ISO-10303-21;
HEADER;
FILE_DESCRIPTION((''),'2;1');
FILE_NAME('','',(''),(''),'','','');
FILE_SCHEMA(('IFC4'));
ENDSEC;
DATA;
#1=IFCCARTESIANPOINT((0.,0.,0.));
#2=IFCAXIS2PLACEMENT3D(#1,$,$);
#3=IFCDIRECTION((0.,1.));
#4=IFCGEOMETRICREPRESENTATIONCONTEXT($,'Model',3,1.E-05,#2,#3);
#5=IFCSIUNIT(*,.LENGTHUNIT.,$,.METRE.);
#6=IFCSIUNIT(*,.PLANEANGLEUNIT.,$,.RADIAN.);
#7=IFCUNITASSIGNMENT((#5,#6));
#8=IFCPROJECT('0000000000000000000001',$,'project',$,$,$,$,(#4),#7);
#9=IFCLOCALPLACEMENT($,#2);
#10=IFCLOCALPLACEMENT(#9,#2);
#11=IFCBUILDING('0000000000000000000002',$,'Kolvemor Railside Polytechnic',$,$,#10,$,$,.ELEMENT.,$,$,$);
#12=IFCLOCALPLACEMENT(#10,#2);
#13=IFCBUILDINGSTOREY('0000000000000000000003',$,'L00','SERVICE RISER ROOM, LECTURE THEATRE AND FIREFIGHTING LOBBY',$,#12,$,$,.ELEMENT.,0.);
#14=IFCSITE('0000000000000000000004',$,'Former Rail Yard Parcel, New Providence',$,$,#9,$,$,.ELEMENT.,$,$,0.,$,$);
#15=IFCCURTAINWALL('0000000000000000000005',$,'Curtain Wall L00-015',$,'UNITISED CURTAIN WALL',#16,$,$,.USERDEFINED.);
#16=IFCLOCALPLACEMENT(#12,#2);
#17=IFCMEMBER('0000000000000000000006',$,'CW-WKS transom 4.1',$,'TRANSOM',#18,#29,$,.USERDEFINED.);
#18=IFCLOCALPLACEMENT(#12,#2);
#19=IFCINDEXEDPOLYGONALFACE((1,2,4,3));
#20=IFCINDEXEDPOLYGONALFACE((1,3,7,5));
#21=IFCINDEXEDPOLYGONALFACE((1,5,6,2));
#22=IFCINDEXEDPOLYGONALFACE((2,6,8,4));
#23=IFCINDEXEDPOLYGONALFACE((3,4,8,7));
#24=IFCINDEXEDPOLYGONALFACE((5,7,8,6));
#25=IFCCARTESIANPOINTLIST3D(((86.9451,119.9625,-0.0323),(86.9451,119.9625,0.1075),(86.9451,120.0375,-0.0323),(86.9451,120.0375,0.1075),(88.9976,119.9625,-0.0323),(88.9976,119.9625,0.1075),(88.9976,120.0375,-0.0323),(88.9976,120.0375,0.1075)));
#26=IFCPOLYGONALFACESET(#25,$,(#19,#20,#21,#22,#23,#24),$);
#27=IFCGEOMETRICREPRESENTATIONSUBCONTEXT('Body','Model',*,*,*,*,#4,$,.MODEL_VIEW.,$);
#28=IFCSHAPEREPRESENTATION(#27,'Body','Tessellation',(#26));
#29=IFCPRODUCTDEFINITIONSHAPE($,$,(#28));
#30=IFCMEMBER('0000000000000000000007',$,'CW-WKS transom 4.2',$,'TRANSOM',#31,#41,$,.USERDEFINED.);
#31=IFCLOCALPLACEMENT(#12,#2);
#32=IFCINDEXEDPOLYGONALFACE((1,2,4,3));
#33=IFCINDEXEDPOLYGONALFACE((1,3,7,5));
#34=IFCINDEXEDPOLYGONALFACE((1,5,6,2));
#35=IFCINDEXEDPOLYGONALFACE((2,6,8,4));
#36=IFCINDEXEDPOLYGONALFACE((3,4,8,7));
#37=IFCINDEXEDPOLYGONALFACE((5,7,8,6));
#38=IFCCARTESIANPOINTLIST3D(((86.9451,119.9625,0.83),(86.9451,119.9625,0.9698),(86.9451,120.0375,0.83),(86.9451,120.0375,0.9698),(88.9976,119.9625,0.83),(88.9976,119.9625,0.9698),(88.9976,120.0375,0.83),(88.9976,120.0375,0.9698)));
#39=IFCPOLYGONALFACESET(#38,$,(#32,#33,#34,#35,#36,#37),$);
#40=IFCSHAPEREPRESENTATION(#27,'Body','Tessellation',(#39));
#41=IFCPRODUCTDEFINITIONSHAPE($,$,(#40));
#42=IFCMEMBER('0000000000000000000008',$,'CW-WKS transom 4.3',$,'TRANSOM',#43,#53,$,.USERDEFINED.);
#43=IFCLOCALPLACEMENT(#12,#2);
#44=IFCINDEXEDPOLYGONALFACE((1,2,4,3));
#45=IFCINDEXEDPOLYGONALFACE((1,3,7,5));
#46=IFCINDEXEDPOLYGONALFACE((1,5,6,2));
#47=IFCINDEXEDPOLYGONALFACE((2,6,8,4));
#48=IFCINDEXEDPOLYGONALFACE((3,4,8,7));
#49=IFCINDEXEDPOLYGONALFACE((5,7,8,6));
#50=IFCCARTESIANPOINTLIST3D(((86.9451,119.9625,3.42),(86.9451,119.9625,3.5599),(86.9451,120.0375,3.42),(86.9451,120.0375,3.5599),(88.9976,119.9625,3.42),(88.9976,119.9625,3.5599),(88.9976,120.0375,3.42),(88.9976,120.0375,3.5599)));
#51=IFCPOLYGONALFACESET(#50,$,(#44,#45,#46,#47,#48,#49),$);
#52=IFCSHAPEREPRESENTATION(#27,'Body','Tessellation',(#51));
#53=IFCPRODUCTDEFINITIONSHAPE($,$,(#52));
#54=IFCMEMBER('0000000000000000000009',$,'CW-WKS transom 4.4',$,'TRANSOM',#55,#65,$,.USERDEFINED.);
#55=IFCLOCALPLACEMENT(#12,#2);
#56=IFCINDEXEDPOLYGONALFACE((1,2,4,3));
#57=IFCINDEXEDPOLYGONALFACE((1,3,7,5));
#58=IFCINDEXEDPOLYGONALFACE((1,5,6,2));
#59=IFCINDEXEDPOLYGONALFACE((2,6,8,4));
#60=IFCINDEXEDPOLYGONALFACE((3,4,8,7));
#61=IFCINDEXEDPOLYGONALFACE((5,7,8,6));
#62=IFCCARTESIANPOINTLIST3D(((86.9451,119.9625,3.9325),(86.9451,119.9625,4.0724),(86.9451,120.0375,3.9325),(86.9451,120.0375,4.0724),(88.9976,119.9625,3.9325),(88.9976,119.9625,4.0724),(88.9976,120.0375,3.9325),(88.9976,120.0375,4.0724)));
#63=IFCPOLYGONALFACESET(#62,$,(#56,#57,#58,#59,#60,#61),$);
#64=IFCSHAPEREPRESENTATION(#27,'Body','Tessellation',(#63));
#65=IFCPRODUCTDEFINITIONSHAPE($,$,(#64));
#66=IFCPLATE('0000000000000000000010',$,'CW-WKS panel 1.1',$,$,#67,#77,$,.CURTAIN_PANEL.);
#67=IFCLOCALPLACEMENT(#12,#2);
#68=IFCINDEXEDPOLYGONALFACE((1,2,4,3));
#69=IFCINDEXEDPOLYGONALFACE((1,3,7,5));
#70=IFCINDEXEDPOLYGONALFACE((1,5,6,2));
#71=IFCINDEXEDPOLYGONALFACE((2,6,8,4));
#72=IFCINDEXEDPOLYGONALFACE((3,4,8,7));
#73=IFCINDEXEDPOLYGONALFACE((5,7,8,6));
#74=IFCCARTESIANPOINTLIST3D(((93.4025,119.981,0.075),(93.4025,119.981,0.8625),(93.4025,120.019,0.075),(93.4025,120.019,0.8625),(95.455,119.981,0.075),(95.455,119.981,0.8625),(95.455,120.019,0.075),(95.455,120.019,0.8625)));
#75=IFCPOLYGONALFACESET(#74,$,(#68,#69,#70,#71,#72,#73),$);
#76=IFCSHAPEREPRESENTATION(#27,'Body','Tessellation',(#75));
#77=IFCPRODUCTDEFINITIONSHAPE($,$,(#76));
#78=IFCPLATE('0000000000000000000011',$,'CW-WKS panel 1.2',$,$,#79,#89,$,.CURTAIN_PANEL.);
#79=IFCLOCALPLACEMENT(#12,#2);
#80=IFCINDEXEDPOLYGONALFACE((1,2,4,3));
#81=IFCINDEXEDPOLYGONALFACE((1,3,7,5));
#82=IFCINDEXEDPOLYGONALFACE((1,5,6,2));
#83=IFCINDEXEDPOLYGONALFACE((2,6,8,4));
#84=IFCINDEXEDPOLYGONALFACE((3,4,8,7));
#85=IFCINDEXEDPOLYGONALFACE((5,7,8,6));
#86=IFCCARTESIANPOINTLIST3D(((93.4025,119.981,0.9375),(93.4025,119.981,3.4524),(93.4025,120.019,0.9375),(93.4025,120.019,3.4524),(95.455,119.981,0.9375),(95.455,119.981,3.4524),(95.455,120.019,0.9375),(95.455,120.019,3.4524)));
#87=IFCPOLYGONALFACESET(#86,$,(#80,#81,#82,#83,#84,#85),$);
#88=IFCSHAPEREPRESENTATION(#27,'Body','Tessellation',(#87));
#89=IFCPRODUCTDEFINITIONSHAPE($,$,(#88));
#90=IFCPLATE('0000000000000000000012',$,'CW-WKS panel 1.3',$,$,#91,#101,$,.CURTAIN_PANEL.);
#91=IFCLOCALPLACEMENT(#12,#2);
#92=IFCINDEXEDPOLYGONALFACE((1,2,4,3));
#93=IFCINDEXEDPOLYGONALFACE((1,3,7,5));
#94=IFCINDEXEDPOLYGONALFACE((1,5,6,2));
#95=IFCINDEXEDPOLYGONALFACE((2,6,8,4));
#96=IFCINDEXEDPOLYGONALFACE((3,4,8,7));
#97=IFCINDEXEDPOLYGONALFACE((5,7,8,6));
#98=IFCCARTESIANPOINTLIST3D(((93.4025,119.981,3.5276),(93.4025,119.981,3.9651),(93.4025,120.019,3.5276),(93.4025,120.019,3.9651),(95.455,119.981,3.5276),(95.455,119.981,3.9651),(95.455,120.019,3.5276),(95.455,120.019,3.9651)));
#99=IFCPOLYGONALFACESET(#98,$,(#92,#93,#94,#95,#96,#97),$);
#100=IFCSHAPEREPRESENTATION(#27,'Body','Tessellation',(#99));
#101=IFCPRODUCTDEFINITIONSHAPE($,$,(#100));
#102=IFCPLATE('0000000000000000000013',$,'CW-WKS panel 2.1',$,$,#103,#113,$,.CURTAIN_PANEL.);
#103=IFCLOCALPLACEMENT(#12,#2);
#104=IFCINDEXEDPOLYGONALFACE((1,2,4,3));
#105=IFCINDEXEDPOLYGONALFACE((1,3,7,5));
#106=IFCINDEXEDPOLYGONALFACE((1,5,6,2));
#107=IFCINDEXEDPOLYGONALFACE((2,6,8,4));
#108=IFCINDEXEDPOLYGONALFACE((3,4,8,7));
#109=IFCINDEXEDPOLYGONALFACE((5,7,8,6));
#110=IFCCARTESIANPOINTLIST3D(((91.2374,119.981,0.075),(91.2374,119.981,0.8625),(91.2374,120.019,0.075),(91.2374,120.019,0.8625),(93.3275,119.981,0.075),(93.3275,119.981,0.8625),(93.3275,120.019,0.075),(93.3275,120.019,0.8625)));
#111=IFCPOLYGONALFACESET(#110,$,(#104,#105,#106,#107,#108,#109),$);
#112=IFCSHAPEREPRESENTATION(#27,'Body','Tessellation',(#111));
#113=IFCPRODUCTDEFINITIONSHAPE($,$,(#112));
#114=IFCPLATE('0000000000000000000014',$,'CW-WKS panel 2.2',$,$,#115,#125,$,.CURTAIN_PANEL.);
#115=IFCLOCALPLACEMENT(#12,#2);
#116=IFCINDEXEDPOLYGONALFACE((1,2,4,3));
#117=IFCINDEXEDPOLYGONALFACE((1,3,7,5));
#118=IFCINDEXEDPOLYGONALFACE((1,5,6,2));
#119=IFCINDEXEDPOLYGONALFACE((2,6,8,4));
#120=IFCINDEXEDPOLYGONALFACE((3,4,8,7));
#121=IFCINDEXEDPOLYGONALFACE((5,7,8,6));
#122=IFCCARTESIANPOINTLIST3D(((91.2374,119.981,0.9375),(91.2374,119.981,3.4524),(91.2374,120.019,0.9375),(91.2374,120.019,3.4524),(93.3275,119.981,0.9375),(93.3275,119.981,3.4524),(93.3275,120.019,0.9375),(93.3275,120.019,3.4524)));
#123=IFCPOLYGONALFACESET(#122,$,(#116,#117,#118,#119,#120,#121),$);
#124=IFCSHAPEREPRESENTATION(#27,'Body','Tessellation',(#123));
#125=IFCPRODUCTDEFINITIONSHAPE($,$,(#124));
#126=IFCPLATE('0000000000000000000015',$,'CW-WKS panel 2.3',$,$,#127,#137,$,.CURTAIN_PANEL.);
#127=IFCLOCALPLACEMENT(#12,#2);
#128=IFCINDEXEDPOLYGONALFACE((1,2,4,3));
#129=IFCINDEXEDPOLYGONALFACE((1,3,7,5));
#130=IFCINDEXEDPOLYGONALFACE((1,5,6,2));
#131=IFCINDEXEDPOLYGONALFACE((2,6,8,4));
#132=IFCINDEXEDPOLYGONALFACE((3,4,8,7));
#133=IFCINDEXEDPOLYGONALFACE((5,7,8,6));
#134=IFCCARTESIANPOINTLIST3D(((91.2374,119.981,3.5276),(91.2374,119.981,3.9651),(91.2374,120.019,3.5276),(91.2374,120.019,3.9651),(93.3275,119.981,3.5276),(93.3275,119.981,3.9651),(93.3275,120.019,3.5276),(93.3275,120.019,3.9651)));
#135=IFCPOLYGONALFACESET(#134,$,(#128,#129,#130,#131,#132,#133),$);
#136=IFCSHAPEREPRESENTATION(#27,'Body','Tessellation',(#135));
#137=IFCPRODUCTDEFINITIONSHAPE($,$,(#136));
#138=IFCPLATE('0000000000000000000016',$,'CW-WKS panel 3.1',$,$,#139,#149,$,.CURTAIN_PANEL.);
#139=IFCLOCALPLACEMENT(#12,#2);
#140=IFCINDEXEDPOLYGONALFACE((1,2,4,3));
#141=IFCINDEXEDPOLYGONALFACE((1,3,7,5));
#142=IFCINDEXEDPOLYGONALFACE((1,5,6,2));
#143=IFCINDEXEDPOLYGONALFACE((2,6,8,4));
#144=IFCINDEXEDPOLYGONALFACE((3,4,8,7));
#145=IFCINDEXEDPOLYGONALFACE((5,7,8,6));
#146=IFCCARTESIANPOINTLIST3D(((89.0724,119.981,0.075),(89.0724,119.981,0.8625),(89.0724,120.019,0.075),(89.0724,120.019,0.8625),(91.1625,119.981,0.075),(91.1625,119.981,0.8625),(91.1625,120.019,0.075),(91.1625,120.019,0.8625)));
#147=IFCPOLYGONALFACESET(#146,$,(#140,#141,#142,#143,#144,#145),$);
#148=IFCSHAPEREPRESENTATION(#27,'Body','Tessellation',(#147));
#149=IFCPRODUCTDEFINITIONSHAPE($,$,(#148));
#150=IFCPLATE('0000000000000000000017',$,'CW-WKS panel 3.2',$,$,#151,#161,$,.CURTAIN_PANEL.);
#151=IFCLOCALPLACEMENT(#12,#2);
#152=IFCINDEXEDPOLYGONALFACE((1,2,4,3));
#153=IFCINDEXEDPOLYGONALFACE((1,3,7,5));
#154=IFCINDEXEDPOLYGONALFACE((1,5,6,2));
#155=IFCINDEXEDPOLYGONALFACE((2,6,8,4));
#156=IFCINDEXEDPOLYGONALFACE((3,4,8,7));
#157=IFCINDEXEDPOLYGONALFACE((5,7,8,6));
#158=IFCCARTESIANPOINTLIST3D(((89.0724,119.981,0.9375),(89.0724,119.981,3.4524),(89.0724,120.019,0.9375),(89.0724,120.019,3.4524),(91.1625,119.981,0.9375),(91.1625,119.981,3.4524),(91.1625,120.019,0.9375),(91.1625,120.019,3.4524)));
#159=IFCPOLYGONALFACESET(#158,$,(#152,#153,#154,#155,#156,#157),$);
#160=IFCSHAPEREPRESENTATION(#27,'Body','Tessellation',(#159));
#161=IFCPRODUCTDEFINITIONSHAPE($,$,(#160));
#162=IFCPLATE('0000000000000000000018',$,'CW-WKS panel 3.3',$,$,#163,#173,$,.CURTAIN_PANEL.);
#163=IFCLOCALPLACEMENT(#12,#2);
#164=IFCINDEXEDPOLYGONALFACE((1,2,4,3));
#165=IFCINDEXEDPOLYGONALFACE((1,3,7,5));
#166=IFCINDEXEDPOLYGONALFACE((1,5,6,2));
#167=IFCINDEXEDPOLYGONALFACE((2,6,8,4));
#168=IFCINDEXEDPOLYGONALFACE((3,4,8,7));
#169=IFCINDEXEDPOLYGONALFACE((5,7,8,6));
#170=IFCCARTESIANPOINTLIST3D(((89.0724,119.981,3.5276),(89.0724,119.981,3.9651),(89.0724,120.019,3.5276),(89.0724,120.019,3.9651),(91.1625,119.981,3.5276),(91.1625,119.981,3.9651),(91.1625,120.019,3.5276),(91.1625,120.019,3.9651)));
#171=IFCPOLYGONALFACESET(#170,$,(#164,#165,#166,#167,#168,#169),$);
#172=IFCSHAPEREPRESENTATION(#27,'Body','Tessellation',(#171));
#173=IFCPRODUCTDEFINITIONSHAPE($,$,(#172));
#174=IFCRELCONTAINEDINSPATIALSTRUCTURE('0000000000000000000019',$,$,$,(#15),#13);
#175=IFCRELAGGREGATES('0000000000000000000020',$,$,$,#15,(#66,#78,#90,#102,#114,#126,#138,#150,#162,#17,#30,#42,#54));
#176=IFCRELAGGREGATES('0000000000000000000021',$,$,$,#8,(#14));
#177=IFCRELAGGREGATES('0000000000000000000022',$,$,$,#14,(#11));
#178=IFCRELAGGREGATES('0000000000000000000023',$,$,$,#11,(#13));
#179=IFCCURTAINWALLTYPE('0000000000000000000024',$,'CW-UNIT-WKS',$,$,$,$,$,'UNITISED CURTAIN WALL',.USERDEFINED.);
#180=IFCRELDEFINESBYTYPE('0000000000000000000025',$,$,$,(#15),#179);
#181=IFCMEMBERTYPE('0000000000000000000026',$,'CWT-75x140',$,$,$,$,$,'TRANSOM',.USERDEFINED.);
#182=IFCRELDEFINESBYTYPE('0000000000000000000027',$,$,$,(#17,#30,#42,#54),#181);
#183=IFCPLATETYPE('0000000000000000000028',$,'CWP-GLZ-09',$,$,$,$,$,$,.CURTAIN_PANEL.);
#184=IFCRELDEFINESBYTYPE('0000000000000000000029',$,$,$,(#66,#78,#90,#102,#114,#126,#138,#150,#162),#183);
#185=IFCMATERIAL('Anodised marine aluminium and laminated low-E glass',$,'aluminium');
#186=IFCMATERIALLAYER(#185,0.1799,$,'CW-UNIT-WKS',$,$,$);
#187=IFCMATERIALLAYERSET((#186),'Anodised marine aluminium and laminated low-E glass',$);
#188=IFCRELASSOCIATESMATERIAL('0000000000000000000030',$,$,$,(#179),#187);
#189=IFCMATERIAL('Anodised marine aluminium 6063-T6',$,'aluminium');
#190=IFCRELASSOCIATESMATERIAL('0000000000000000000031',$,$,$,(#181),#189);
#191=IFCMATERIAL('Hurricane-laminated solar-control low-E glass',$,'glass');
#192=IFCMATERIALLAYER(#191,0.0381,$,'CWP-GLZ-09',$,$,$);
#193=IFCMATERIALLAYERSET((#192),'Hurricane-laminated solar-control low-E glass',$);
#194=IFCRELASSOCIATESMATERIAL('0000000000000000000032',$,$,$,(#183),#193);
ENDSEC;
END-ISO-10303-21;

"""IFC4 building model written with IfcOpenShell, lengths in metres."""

from ifc_helpers import new_model, si_unit, direction, frame, origin, origin_2d, place, context, subcontext, project, spatial, rectangle, extrude, material, layer, layer_set, material_profile, profile_set, type_object, element, aggregate, save


model = new_model("IFC4")

# Units and contexts
model_context = context("Model", 3, precision=1e-05, world=origin(), true_north=direction((0.0, 1.0)))
body_context = subcontext(model_context, "Body", "Model", "MODEL_VIEW")
ifc_project = project(units=[si_unit("LENGTHUNIT", "METRE"), si_unit("PLANEANGLEUNIT", "RADIAN")], contexts=[model_context])

# Site, building, storey
site_placement = place(None, origin())
site = spatial("IfcSite", under=ifc_project, at=site_placement, Name="Former Rail Yard Parcel, New Providence", CompositionType="ELEMENT", RefElevation=0.0)
building_placement = place(site_placement, origin())
building = spatial("IfcBuilding", under=site, at=building_placement, Name="Kolvemor Railside Polytechnic", CompositionType="ELEMENT")
storey_placement = place(building_placement, origin())
storey = spatial("IfcBuildingStorey", under=building, at=storey_placement, Name="L00", Description="SERVICE RISER ROOM, LECTURE THEATRE AND FIREFIGHTING LOBBY", CompositionType="ELEMENT", Elevation=0.0)

# Curtain wall, members, plates
ifc_material_1 = material(Name="Anodised marine aluminium and laminated low-E glass", Category="aluminium")
ifc_layer_1 = layer(ifc_material_1, 0.1799, Name="CW-UNIT-WKS")
ifc_layer_set_1 = layer_set([ifc_layer_1], Name="Anodised marine aluminium and laminated low-E glass")
curtain_wall_type = type_object("IfcCurtainWallType", Name="CW-UNIT-WKS", ElementType="UNITISED CURTAIN WALL", PredefinedType="USERDEFINED", material=ifc_layer_set_1)
curtain_wall_placement = place(storey_placement, origin())
curtain_wall = element("IfcCurtainWall", 1, at=curtain_wall_placement, inside=storey, type_object=curtain_wall_type, Name="Curtain Wall L00-015", ObjectType="UNITISED CURTAIN WALL", PredefinedType="USERDEFINED")
ifc_material_2 = material(Name="Anodised marine aluminium 6063-T6", Category="aluminium")
ifc_material_profile_1 = material_profile(ifc_material_2, rectangle(XDim=0.075, YDim=0.1399, at=origin_2d()), Name="CW-TRN-75x140")
ifc_profile_set_1 = profile_set([ifc_material_profile_1], Name="Anodised marine aluminium 6063-T6")
member_type_1 = type_object("IfcMemberType", Name="CWT-75x140", ElementType="TRANSOM", PredefinedType="USERDEFINED", material=ifc_profile_set_1)
member_1_placement = place(storey_placement, frame((88.9976, 120.0, 0.0376), z_axis=(-1.0, 0.0, 0.0), x_axis=(0.0, -1.0, 0.0)))
member_1 = element("IfcMember", 2, at=member_1_placement, type_object=member_type_1, Name="CW-WKS transom 4.1", ObjectType="TRANSOM", PredefinedType="USERDEFINED", context=body_context, shape_type="SweptSolid", body=[
    extrude(rectangle(XDim=0.075, YDim=0.1399, at=origin_2d()), origin(), (0.0, 0.0, 1.0), 2.0525),
])
member_2_placement = place(storey_placement, frame((88.9976, 120.0, 0.8999), z_axis=(-1.0, 0.0, 0.0), x_axis=(0.0, -1.0, 0.0)))
member_2 = element("IfcMember", 3, at=member_2_placement, type_object=member_type_1, Name="CW-WKS transom 4.2", ObjectType="TRANSOM", PredefinedType="USERDEFINED", context=body_context, shape_type="SweptSolid", body=[
    extrude(rectangle(XDim=0.075, YDim=0.1399, at=origin_2d()), origin(), (0.0, 0.0, 1.0), 2.0525),
])
member_3_placement = place(storey_placement, frame((88.9976, 120.0, 3.49), z_axis=(-1.0, 0.0, 0.0), x_axis=(0.0, -1.0, 0.0)))
member_3 = element("IfcMember", 4, at=member_3_placement, type_object=member_type_1, Name="CW-WKS transom 4.3", ObjectType="TRANSOM", PredefinedType="USERDEFINED", context=body_context, shape_type="SweptSolid", body=[
    extrude(rectangle(XDim=0.075, YDim=0.1399, at=origin_2d()), origin(), (0.0, 0.0, 1.0), 2.0525),
])
member_4_placement = place(storey_placement, frame((88.9976, 120.0, 4.0024), z_axis=(-1.0, 0.0, 0.0), x_axis=(0.0, -1.0, 0.0)))
member_4 = element("IfcMember", 5, at=member_4_placement, type_object=member_type_1, Name="CW-WKS transom 4.4", ObjectType="TRANSOM", PredefinedType="USERDEFINED", context=body_context, shape_type="SweptSolid", body=[
    extrude(rectangle(XDim=0.075, YDim=0.1399, at=origin_2d()), origin(), (0.0, 0.0, 1.0), 2.0525),
])
ifc_material_3 = material(Name="Hurricane-laminated solar-control low-E glass", Category="glass")
ifc_layer_2 = layer(ifc_material_3, 0.0381, Name="CWP-GLZ-09")
ifc_layer_set_2 = layer_set([ifc_layer_2], Name="Hurricane-laminated solar-control low-E glass")
plate_type = type_object("IfcPlateType", Name="CWP-GLZ-09", PredefinedType="CURTAIN_PANEL", material=ifc_layer_set_2)
plate_1_placement = place(storey_placement, frame((94.4287, 120.0, 0.075), z_axis=(0.0, 0.0, 1.0), x_axis=(-1.0, 0.0, 0.0)))
plate_1 = element("IfcPlate", 6, at=plate_1_placement, type_object=plate_type, Name="CW-WKS panel 1.1", PredefinedType="CURTAIN_PANEL", context=body_context, shape_type="SweptSolid", body=[
    extrude(rectangle(XDim=2.0525, YDim=0.0381, at=origin_2d()), origin(), (0.0, 0.0, 1.0), 0.7876),
])
plate_2_placement = place(storey_placement, frame((94.4287, 120.0, 0.9375), z_axis=(0.0, 0.0, 1.0), x_axis=(-1.0, 0.0, 0.0)))
plate_2 = element("IfcPlate", 7, at=plate_2_placement, type_object=plate_type, Name="CW-WKS panel 1.2", PredefinedType="CURTAIN_PANEL", context=body_context, shape_type="SweptSolid", body=[
    extrude(rectangle(XDim=2.0525, YDim=0.0381, at=origin_2d()), origin(), (0.0, 0.0, 1.0), 2.5149),
])
plate_3_placement = place(storey_placement, frame((94.4287, 120.0, 3.5276), z_axis=(0.0, 0.0, 1.0), x_axis=(-1.0, 0.0, 0.0)))
plate_3 = element("IfcPlate", 8, at=plate_3_placement, type_object=plate_type, Name="CW-WKS panel 1.3", PredefinedType="CURTAIN_PANEL", context=body_context, shape_type="SweptSolid", body=[
    extrude(rectangle(XDim=2.0525, YDim=0.0381, at=origin_2d()), origin(), (0.0, 0.0, 1.0), 0.4375),
])
plate_4_placement = place(storey_placement, frame((92.2825, 120.0, 0.075), z_axis=(0.0, 0.0, 1.0), x_axis=(-1.0, 0.0, 0.0)))
plate_4 = element("IfcPlate", 9, at=plate_4_placement, type_object=plate_type, Name="CW-WKS panel 2.1", PredefinedType="CURTAIN_PANEL", context=body_context, shape_type="SweptSolid", body=[
    extrude(rectangle(XDim=2.0901, YDim=0.0381, at=origin_2d()), origin(), (0.0, 0.0, 1.0), 0.7876),
])
plate_5_placement = place(storey_placement, frame((92.2825, 120.0, 0.9375), z_axis=(0.0, 0.0, 1.0), x_axis=(-1.0, 0.0, 0.0)))
plate_5 = element("IfcPlate", 10, at=plate_5_placement, type_object=plate_type, Name="CW-WKS panel 2.2", PredefinedType="CURTAIN_PANEL", context=body_context, shape_type="SweptSolid", body=[
    extrude(rectangle(XDim=2.0901, YDim=0.0381, at=origin_2d()), origin(), (0.0, 0.0, 1.0), 2.5149),
])
plate_6_placement = place(storey_placement, frame((92.2825, 120.0, 3.5276), z_axis=(0.0, 0.0, 1.0), x_axis=(-1.0, 0.0, 0.0)))
plate_6 = element("IfcPlate", 11, at=plate_6_placement, type_object=plate_type, Name="CW-WKS panel 2.3", PredefinedType="CURTAIN_PANEL", context=body_context, shape_type="SweptSolid", body=[
    extrude(rectangle(XDim=2.0901, YDim=0.0381, at=origin_2d()), origin(), (0.0, 0.0, 1.0), 0.4375),
])
plate_7_placement = place(storey_placement, frame((90.1174, 120.0, 0.075), z_axis=(0.0, 0.0, 1.0), x_axis=(-1.0, 0.0, 0.0)))
plate_7 = element("IfcPlate", 12, at=plate_7_placement, type_object=plate_type, Name="CW-WKS panel 3.1", PredefinedType="CURTAIN_PANEL", context=body_context, shape_type="SweptSolid", body=[
    extrude(rectangle(XDim=2.0901, YDim=0.0381, at=origin_2d()), origin(), (0.0, 0.0, 1.0), 0.7876),
])
plate_8_placement = place(storey_placement, frame((90.1174, 120.0, 0.9375), z_axis=(0.0, 0.0, 1.0), x_axis=(-1.0, 0.0, 0.0)))
plate_8 = element("IfcPlate", 13, at=plate_8_placement, type_object=plate_type, Name="CW-WKS panel 3.2", PredefinedType="CURTAIN_PANEL", context=body_context, shape_type="SweptSolid", body=[
    extrude(rectangle(XDim=2.0901, YDim=0.0381, at=origin_2d()), origin(), (0.0, 0.0, 1.0), 2.5149),
])
plate_9_placement = place(storey_placement, frame((90.1174, 120.0, 3.5276), z_axis=(0.0, 0.0, 1.0), x_axis=(-1.0, 0.0, 0.0)))
plate_9 = element("IfcPlate", 14, at=plate_9_placement, type_object=plate_type, Name="CW-WKS panel 3.3", PredefinedType="CURTAIN_PANEL", context=body_context, shape_type="SweptSolid", body=[
    extrude(rectangle(XDim=2.0901, YDim=0.0381, at=origin_2d()), origin(), (0.0, 0.0, 1.0), 0.4375),
])
aggregate(curtain_wall, [plate_1, plate_2, plate_3, plate_4, plate_5, plate_6, plate_7, plate_8, plate_9, member_1, member_2, member_3, member_4])

save(model, "model.ifc")
